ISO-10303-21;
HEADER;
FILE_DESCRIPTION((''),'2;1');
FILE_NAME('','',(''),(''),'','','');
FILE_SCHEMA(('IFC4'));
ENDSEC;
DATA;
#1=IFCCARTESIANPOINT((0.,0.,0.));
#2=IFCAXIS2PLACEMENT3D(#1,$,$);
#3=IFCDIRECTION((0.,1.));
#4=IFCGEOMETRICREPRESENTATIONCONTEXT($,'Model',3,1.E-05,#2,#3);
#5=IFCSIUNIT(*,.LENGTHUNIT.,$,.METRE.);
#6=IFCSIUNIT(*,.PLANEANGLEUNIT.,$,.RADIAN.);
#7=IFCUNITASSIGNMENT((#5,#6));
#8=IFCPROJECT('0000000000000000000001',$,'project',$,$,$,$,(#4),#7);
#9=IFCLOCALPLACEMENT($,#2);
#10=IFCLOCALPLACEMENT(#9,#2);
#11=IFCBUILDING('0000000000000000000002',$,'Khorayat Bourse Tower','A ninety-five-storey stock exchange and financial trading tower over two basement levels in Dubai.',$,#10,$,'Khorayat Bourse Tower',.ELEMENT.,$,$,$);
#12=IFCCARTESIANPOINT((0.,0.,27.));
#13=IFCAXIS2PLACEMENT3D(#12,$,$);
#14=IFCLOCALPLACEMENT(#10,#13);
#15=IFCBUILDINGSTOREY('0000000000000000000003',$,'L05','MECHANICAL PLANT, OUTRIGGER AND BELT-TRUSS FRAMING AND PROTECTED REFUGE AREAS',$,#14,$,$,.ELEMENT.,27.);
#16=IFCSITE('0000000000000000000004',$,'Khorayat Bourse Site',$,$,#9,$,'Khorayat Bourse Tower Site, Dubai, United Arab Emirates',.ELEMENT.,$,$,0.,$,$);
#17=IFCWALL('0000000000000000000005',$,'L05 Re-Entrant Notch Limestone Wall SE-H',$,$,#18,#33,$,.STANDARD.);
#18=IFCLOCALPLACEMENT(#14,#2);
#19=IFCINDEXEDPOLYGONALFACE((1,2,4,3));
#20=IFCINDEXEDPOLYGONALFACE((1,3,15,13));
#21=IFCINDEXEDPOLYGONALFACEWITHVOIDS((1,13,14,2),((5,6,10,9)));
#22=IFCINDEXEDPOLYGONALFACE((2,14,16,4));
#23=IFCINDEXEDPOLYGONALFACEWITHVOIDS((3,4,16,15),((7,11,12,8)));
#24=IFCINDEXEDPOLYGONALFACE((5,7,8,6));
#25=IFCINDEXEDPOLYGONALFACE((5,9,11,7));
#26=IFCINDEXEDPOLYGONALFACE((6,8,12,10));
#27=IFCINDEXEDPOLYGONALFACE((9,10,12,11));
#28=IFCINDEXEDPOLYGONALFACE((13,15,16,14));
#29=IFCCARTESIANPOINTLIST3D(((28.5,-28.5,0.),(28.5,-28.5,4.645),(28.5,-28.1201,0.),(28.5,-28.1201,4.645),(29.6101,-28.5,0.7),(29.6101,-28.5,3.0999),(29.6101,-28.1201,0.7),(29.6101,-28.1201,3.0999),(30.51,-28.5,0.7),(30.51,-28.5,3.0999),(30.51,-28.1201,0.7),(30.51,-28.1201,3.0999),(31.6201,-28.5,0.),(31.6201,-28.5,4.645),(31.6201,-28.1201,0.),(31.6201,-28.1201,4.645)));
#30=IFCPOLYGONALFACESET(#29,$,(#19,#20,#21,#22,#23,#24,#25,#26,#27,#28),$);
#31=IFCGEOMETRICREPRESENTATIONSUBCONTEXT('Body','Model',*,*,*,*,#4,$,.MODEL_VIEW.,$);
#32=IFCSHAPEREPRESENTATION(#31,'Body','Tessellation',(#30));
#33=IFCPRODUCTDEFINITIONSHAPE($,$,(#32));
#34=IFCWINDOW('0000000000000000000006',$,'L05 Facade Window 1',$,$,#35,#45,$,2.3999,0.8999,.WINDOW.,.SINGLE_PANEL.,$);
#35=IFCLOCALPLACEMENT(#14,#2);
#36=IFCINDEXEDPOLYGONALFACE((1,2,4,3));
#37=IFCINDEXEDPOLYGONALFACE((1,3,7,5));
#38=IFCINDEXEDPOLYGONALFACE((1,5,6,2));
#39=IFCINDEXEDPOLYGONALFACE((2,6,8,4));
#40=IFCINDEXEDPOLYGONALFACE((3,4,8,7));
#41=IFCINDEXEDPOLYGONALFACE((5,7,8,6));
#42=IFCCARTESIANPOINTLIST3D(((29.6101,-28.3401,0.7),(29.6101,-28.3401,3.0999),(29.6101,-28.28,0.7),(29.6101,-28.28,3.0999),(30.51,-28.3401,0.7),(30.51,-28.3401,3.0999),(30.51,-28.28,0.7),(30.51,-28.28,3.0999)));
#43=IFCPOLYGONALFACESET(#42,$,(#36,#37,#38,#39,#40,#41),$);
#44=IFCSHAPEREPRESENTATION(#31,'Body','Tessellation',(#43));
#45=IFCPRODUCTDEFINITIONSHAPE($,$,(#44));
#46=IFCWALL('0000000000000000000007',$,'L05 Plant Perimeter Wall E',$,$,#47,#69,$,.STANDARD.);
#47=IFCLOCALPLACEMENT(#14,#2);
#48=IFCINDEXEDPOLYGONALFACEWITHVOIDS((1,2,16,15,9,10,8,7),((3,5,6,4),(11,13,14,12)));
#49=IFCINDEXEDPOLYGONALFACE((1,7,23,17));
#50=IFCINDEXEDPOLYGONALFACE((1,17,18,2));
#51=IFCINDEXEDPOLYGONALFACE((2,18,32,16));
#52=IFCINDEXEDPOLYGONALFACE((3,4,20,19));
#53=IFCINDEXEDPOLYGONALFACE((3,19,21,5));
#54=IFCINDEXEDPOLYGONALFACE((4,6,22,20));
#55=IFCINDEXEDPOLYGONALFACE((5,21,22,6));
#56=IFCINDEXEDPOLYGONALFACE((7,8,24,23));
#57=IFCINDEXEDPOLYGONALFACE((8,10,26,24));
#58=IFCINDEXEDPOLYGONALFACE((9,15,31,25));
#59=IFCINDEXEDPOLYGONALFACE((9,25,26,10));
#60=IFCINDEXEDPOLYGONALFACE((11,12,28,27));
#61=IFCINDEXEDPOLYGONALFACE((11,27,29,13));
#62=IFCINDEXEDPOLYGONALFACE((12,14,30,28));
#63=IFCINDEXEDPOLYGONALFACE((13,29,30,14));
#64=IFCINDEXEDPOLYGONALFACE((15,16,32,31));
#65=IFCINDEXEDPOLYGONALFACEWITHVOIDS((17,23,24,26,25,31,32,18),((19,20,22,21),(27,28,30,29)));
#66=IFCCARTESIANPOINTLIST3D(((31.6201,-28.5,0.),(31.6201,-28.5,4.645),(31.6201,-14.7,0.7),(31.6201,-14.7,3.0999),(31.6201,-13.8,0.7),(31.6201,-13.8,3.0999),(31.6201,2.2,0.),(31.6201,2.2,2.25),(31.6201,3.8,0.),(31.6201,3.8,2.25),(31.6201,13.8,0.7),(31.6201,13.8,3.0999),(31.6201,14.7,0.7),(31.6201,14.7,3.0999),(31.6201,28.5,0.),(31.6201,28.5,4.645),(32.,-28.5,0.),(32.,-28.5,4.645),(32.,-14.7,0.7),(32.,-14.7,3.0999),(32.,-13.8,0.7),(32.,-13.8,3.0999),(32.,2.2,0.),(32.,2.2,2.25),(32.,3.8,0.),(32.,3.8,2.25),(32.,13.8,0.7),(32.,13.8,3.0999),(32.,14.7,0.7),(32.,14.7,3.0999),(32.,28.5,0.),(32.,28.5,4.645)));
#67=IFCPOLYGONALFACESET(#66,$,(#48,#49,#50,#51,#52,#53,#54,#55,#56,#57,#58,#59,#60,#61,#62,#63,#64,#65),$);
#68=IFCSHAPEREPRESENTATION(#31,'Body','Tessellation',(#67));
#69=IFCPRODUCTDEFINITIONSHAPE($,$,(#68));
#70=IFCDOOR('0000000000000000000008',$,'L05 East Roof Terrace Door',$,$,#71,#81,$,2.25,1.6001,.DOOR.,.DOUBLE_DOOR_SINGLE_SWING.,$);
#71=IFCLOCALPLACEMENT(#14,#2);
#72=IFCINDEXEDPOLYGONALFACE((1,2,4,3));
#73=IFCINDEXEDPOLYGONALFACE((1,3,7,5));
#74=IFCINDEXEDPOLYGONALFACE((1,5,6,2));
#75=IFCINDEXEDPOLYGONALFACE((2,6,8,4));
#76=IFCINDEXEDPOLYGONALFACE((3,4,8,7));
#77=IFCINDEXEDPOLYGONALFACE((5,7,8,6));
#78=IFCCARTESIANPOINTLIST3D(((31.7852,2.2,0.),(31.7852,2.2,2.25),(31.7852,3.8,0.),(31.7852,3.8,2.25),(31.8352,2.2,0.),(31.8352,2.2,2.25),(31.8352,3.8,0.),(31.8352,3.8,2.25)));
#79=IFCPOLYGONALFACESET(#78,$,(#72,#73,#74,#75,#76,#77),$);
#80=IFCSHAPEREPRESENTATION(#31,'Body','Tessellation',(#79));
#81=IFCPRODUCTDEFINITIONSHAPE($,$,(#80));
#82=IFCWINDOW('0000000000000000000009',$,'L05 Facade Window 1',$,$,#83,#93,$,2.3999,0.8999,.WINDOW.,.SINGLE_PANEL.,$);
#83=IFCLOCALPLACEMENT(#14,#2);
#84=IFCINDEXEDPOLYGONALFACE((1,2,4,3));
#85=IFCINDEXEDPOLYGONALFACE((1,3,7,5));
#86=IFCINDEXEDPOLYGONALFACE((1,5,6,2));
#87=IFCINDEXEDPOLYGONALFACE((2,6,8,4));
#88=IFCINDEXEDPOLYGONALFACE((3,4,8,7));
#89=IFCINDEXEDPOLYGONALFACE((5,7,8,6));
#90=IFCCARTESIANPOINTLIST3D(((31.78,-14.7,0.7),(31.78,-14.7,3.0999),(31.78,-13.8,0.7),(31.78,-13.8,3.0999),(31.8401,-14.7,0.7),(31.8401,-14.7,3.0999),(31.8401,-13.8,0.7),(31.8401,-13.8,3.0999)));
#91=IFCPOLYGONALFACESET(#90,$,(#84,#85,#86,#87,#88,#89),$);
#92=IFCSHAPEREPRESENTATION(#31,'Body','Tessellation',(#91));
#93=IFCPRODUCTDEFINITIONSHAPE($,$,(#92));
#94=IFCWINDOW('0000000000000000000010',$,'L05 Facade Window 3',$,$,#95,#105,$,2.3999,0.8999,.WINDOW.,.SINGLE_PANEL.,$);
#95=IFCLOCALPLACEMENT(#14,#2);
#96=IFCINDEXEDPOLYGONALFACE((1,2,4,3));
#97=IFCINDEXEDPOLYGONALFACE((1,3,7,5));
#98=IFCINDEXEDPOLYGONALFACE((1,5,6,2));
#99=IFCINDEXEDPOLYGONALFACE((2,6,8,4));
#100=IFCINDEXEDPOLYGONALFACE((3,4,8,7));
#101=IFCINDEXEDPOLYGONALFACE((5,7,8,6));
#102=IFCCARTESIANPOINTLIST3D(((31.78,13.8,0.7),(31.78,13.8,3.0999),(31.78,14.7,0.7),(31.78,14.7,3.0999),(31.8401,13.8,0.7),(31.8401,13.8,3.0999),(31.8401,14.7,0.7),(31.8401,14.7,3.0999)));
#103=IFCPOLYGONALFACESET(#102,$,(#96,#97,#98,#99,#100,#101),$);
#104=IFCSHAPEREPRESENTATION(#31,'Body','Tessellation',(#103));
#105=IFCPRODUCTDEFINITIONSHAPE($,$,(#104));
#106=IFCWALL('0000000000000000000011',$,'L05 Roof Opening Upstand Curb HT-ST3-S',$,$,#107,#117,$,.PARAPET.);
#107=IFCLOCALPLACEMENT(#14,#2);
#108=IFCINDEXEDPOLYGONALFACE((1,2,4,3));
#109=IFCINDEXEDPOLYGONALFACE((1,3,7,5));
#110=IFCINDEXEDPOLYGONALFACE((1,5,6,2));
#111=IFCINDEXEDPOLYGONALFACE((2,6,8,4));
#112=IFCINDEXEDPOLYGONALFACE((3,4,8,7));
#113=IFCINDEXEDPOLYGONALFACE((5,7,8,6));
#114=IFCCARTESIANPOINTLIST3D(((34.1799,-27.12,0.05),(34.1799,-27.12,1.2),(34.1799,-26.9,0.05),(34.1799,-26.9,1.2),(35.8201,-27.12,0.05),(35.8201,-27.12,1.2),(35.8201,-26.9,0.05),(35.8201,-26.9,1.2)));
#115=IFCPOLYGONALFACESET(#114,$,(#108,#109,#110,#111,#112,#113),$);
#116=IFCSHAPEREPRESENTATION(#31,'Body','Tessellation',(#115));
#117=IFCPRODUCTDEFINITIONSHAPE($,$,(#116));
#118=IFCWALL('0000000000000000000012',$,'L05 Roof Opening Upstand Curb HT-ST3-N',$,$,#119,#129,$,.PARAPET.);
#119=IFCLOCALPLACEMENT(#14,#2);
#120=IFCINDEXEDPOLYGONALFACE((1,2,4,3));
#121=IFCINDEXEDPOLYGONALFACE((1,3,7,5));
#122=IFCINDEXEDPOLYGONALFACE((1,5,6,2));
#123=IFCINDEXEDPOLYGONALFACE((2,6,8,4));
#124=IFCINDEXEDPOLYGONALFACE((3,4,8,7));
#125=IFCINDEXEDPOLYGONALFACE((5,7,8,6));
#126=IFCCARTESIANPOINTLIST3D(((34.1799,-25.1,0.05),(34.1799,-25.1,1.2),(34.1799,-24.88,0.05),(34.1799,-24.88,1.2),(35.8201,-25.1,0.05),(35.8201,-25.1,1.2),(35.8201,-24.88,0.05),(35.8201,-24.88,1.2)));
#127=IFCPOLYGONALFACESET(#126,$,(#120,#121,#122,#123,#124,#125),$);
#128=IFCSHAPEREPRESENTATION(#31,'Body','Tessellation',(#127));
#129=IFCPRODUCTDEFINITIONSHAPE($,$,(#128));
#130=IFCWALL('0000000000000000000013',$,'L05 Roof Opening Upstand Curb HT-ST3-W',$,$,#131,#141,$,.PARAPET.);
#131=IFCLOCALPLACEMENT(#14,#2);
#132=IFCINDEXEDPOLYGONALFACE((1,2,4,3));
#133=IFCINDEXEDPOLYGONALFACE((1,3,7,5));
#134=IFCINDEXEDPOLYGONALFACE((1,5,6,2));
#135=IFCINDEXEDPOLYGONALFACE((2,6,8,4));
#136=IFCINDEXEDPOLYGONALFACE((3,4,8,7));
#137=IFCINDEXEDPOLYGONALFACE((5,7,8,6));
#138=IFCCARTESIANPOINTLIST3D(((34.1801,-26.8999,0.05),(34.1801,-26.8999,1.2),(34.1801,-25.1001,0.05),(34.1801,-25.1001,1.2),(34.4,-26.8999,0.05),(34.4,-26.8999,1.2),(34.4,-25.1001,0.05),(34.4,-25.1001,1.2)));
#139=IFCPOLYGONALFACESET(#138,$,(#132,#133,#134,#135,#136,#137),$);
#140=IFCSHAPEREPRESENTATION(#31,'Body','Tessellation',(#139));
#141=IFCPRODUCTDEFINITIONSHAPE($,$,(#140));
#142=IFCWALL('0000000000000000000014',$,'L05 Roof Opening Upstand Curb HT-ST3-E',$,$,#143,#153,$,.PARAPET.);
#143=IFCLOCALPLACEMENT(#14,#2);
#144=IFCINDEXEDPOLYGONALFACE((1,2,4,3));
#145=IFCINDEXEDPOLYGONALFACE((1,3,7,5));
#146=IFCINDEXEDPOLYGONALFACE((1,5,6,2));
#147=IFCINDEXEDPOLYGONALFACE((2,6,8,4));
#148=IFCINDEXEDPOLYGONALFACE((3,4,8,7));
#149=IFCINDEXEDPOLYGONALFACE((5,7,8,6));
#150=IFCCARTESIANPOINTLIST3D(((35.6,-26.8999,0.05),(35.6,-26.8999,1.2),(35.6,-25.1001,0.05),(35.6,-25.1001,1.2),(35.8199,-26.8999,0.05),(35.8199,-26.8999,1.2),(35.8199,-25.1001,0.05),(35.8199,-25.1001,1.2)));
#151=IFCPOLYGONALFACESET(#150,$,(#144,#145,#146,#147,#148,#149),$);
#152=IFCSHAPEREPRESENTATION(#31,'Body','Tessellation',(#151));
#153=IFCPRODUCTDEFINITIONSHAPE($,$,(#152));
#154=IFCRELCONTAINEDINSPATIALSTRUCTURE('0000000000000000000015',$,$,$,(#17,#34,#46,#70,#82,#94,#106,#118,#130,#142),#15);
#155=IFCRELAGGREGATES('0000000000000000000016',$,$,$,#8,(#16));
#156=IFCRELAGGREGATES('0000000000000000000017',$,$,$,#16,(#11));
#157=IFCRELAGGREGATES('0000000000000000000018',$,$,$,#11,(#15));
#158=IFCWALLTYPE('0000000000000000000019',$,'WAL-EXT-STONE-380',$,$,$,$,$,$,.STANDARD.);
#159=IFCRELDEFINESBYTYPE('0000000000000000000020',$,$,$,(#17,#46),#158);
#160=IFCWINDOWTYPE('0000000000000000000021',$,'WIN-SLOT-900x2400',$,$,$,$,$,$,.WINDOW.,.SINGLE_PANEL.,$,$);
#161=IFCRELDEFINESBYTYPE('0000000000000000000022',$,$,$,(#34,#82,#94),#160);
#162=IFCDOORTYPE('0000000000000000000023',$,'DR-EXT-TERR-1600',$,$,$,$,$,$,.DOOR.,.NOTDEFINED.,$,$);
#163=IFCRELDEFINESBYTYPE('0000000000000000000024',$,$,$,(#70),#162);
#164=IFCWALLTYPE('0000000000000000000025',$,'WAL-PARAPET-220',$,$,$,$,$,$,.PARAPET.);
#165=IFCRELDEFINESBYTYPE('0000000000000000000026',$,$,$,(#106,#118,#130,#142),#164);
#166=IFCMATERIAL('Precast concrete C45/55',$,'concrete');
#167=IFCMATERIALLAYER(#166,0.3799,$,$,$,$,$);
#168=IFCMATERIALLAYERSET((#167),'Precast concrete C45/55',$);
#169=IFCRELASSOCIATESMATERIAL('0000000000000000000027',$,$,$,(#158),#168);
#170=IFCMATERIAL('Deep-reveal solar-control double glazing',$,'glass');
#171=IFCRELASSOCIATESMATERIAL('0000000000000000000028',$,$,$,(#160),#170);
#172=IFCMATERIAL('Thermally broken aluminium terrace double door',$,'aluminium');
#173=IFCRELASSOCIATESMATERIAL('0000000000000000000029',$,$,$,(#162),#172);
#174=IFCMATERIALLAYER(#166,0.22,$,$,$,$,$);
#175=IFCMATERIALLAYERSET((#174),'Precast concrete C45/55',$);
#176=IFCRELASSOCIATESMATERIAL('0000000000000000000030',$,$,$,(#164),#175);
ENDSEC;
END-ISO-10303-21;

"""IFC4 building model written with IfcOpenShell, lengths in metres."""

from ifc_helpers import new_model, si_unit, direction, frame, frame_2d, origin, place, context, subcontext, project, spatial, rectangle, extrude, source, transform, mapped, material, layer, layer_set, type_object, element, fill, save


model = new_model("IFC4")

# Units and contexts
model_context = context("Model", 3, precision=1e-05, world=origin(), true_north=direction((0.0, 1.0)))
body_context = subcontext(model_context, "Body", "Model", "MODEL_VIEW")
ifc_project = project(units=[si_unit("LENGTHUNIT", "METRE"), si_unit("PLANEANGLEUNIT", "RADIAN")], contexts=[model_context])

# Site, building, storey
site_placement = place(None, origin())
site = spatial("IfcSite", under=ifc_project, at=site_placement, Name="Khorayat Bourse Site", LongName="Khorayat Bourse Tower Site, Dubai, United Arab Emirates", CompositionType="ELEMENT", RefElevation=0.0)
building_placement = place(site_placement, origin())
building = spatial("IfcBuilding", under=site, at=building_placement, Name="Khorayat Bourse Tower", Description="A ninety-five-storey stock exchange and financial trading tower over two basement levels in Dubai.", LongName="Khorayat Bourse Tower", CompositionType="ELEMENT")
storey_placement = place(building_placement, frame((0.0, 0.0, 27.0)))
storey = spatial("IfcBuildingStorey", under=building, at=storey_placement, Name="L05", Description="MECHANICAL PLANT, OUTRIGGER AND BELT-TRUSS FRAMING AND PROTECTED REFUGE AREAS", CompositionType="ELEMENT", Elevation=27.0)

# Wall, opening, window
ifc_material_1 = material(Name="Precast concrete C45/55", Category="concrete")
ifc_layer_1 = layer(ifc_material_1, 0.3799)
ifc_layer_set_1 = layer_set([ifc_layer_1], Name="Precast concrete C45/55")
wall_type_1 = type_object("IfcWallType", Name="WAL-EXT-STONE-380", PredefinedType="STANDARD", material=ifc_layer_set_1)
shared_shape_1 = source(origin(), body_context, "Body", "SweptSolid", [
    extrude(rectangle(XDim=3.1201, YDim=0.3799, at=frame_2d((1.5601, 0.0))), origin(), (0.0, 0.0, 1.0), 4.645),
])
shared_shape_2 = source(origin(), body_context, "Body", "SweptSolid", [
    extrude(rectangle(XDim=0.8999, YDim=2.3999, at=frame_2d((0.45, 1.2))), frame((0.0, 0.2, 0.0), z_axis=(0.0, -1.0, 0.0), x_axis=(1.0, 0.0, 0.0)), (0.0, 0.0, 1.0), 0.3999),
])
ifc_material_2 = material(Name="Deep-reveal solar-control double glazing", Category="glass")
window_type = type_object("IfcWindowType", Name="WIN-SLOT-900x2400", PartitioningType="SINGLE_PANEL", PredefinedType="WINDOW", material=ifc_material_2)
shared_shape_3 = source(origin(), body_context, "Body", "SweptSolid", [
    extrude(rectangle(XDim=0.8999, YDim=2.3999, at=frame_2d((0.45, 1.2))), frame((0.0, 0.03, 0.0), z_axis=(0.0, -1.0, 0.0), x_axis=(1.0, 0.0, 0.0)), (0.0, 0.0, 1.0), 0.0601),
])
wall_1_placement = place(storey_placement, frame((28.5, -28.3101, 0.0), z_axis=(0.0, 0.0, 1.0), x_axis=(1.0, 0.0, 0.0)))
wall_1 = element("IfcWall", 1, at=wall_1_placement, inside=storey, type_object=wall_type_1, Name="L05 Re-Entrant Notch Limestone Wall SE-H", PredefinedType="STANDARD", context=body_context, shape_type="MappedRepresentation", body=[
    mapped(shared_shape_1, transform((0.0, 0.0, 0.0), scale=1.0)),
])
opening_1_placement = place(wall_1_placement, frame((1.1101, 0.0, 0.7)))
opening_1 = element("IfcOpeningElement", 2, at=opening_1_placement, cuts=wall_1, PredefinedType="OPENING", context=body_context, shape_type="MappedRepresentation", body=[
    mapped(shared_shape_2, transform((0.0, 0.0, 0.0), scale=1.0)),
])
window_1_placement = place(opening_1_placement, origin())
window_1 = element("IfcWindow", 3, at=window_1_placement, inside=storey, type_object=window_type, Name="L05 Facade Window 1", OverallHeight=2.3999, OverallWidth=0.8999, PartitioningType="SINGLE_PANEL", PredefinedType="WINDOW", context=body_context, shape_type="MappedRepresentation", body=[
    mapped(shared_shape_3, transform((0.0, 0.0, 0.0), scale=1.0)),
])
fill(opening_1, window_1)

# Wall, openings, door, windows
shared_shape_4 = source(origin(), body_context, "Body", "SweptSolid", [
    extrude(rectangle(XDim=57.0, YDim=0.3799, at=frame_2d((28.5, 0.0))), origin(), (0.0, 0.0, 1.0), 4.645),
])
wall_2_placement = place(storey_placement, frame((31.8101, -28.5, 0.0), z_axis=(0.0, 0.0, 1.0), x_axis=(0.0, 1.0, 0.0)))
wall_2 = element("IfcWall", 4, at=wall_2_placement, inside=storey, type_object=wall_type_1, Name="L05 Plant Perimeter Wall E", PredefinedType="STANDARD", context=body_context, shape_type="MappedRepresentation", body=[
    mapped(shared_shape_4, transform((0.0, 0.0, 0.0), scale=1.0)),
])
shared_shape_5 = source(origin(), body_context, "Body", "SweptSolid", [
    extrude(rectangle(XDim=1.6001, YDim=2.25, at=frame_2d((0.8, 1.125))), frame((0.0, 0.2, 0.0), z_axis=(0.0, -1.0, 0.0), x_axis=(1.0, 0.0, 0.0)), (0.0, 0.0, 1.0), 0.3999),
])
opening_2_placement = place(wall_2_placement, frame((30.7, 0.0, 0.0)))
opening_2 = element("IfcOpeningElement", 5, at=opening_2_placement, cuts=wall_2, PredefinedType="OPENING", context=body_context, shape_type="MappedRepresentation", body=[
    mapped(shared_shape_5, transform((0.0, 0.0, 0.0), scale=1.0)),
])
opening_3_placement = place(wall_2_placement, frame((13.8, 0.0, 0.7)))
opening_3 = element("IfcOpeningElement", 6, at=opening_3_placement, cuts=wall_2, PredefinedType="OPENING", context=body_context, shape_type="MappedRepresentation", body=[
    mapped(shared_shape_2, transform((0.0, 0.0, 0.0), scale=1.0)),
])
opening_4_placement = place(wall_2_placement, frame((42.3, 0.0, 0.7)))
opening_4 = element("IfcOpeningElement", 7, at=opening_4_placement, cuts=wall_2, PredefinedType="OPENING", context=body_context, shape_type="MappedRepresentation", body=[
    mapped(shared_shape_2, transform((0.0, 0.0, 0.0), scale=1.0)),
])
ifc_material_3 = material(Name="Thermally broken aluminium terrace double door", Category="aluminium")
door_type_1 = type_object("IfcDoorType", Name="DR-EXT-TERR-1600", OperationType="NOTDEFINED", PredefinedType="DOOR", material=ifc_material_3)
shared_shape_6 = source(origin(), body_context, "Body", "SweptSolid", [
    extrude(rectangle(XDim=1.6001, YDim=2.25, at=frame_2d((0.8, 1.125))), frame((0.0, 0.0249, 0.0), z_axis=(0.0, -1.0, 0.0), x_axis=(1.0, 0.0, 0.0)), (0.0, 0.0, 1.0), 0.05),
])
door_1_placement = place(opening_2_placement, origin())
door_1 = element("IfcDoor", 8, at=door_1_placement, inside=storey, type_object=door_type_1, Name="L05 East Roof Terrace Door", OperationType="DOUBLE_DOOR_SINGLE_SWING", OverallHeight=2.25, OverallWidth=1.6001, PredefinedType="DOOR", context=body_context, shape_type="MappedRepresentation", body=[
    mapped(shared_shape_6, transform((0.0, 0.0, 0.0), scale=1.0)),
])
fill(opening_2, door_1)
window_2_placement = place(opening_3_placement, origin())
window_2 = element("IfcWindow", 9, at=window_2_placement, inside=storey, type_object=window_type, Name="L05 Facade Window 1", OverallHeight=2.3999, OverallWidth=0.8999, PartitioningType="SINGLE_PANEL", PredefinedType="WINDOW", context=body_context, shape_type="MappedRepresentation", body=[
    mapped(shared_shape_3, transform((0.0, 0.0, 0.0), scale=1.0)),
])
fill(opening_3, window_2)
window_3_placement = place(opening_4_placement, origin())
window_3 = element("IfcWindow", 10, at=window_3_placement, inside=storey, type_object=window_type, Name="L05 Facade Window 3", OverallHeight=2.3999, OverallWidth=0.8999, PartitioningType="SINGLE_PANEL", PredefinedType="WINDOW", context=body_context, shape_type="MappedRepresentation", body=[
    mapped(shared_shape_3, transform((0.0, 0.0, 0.0), scale=1.0)),
])
fill(opening_4, window_3)

# Walls
ifc_layer_2 = layer(ifc_material_1, 0.22)
ifc_layer_set_2 = layer_set([ifc_layer_2], Name="Precast concrete C45/55")
wall_type_2 = type_object("IfcWallType", Name="WAL-PARAPET-220", PredefinedType="PARAPET", material=ifc_layer_set_2)
shared_shape_7 = source(origin(), body_context, "Body", "SweptSolid", [
    extrude(rectangle(XDim=1.6401, YDim=0.22, at=frame_2d((0.8201, 0.0))), origin(), (0.0, 0.0, 1.0), 1.1499),
])
for number, where, z_axis, x_axis, name in (
    (11, (34.1799, -27.01, 0.05), (0.0, 0.0, 1.0), (1.0, 0.0, 0.0), "L05 Roof Opening Upstand Curb HT-ST3-S"),
    (12, (34.1799, -24.99, 0.05), (0.0, 0.0, 1.0), (1.0, 0.0, 0.0), "L05 Roof Opening Upstand Curb HT-ST3-N"),
):
    element("IfcWall", number, at=place(storey_placement, frame(where, z_axis=z_axis, x_axis=x_axis)), inside=storey, type_object=wall_type_2, Name=name, PredefinedType="PARAPET", context=body_context, shape_type="MappedRepresentation", body=[
        mapped(shared_shape_7, transform((0.0, 0.0, 0.0), scale=1.0)),
    ])
shared_shape_8 = source(origin(), body_context, "Body", "SweptSolid", [
    extrude(rectangle(XDim=1.7998, YDim=0.22, at=frame_2d((0.8999, 0.0))), origin(), (0.0, 0.0, 1.0), 1.1499),
])
for number, where, z_axis, x_axis, name in (
    (13, (34.29, -26.8999, 0.05), (0.0, 0.0, 1.0), (0.0, 1.0, 0.0), "L05 Roof Opening Upstand Curb HT-ST3-W"),
    (14, (35.71, -26.8999, 0.05), (0.0, 0.0, 1.0), (0.0, 1.0, 0.0), "L05 Roof Opening Upstand Curb HT-ST3-E"),
):
    element("IfcWall", number, at=place(storey_placement, frame(where, z_axis=z_axis, x_axis=x_axis)), inside=storey, type_object=wall_type_2, Name=name, PredefinedType="PARAPET", context=body_context, shape_type="MappedRepresentation", body=[
        mapped(shared_shape_8, transform((0.0, 0.0, 0.0), scale=1.0)),
    ])

save(model, "model.ifc")
